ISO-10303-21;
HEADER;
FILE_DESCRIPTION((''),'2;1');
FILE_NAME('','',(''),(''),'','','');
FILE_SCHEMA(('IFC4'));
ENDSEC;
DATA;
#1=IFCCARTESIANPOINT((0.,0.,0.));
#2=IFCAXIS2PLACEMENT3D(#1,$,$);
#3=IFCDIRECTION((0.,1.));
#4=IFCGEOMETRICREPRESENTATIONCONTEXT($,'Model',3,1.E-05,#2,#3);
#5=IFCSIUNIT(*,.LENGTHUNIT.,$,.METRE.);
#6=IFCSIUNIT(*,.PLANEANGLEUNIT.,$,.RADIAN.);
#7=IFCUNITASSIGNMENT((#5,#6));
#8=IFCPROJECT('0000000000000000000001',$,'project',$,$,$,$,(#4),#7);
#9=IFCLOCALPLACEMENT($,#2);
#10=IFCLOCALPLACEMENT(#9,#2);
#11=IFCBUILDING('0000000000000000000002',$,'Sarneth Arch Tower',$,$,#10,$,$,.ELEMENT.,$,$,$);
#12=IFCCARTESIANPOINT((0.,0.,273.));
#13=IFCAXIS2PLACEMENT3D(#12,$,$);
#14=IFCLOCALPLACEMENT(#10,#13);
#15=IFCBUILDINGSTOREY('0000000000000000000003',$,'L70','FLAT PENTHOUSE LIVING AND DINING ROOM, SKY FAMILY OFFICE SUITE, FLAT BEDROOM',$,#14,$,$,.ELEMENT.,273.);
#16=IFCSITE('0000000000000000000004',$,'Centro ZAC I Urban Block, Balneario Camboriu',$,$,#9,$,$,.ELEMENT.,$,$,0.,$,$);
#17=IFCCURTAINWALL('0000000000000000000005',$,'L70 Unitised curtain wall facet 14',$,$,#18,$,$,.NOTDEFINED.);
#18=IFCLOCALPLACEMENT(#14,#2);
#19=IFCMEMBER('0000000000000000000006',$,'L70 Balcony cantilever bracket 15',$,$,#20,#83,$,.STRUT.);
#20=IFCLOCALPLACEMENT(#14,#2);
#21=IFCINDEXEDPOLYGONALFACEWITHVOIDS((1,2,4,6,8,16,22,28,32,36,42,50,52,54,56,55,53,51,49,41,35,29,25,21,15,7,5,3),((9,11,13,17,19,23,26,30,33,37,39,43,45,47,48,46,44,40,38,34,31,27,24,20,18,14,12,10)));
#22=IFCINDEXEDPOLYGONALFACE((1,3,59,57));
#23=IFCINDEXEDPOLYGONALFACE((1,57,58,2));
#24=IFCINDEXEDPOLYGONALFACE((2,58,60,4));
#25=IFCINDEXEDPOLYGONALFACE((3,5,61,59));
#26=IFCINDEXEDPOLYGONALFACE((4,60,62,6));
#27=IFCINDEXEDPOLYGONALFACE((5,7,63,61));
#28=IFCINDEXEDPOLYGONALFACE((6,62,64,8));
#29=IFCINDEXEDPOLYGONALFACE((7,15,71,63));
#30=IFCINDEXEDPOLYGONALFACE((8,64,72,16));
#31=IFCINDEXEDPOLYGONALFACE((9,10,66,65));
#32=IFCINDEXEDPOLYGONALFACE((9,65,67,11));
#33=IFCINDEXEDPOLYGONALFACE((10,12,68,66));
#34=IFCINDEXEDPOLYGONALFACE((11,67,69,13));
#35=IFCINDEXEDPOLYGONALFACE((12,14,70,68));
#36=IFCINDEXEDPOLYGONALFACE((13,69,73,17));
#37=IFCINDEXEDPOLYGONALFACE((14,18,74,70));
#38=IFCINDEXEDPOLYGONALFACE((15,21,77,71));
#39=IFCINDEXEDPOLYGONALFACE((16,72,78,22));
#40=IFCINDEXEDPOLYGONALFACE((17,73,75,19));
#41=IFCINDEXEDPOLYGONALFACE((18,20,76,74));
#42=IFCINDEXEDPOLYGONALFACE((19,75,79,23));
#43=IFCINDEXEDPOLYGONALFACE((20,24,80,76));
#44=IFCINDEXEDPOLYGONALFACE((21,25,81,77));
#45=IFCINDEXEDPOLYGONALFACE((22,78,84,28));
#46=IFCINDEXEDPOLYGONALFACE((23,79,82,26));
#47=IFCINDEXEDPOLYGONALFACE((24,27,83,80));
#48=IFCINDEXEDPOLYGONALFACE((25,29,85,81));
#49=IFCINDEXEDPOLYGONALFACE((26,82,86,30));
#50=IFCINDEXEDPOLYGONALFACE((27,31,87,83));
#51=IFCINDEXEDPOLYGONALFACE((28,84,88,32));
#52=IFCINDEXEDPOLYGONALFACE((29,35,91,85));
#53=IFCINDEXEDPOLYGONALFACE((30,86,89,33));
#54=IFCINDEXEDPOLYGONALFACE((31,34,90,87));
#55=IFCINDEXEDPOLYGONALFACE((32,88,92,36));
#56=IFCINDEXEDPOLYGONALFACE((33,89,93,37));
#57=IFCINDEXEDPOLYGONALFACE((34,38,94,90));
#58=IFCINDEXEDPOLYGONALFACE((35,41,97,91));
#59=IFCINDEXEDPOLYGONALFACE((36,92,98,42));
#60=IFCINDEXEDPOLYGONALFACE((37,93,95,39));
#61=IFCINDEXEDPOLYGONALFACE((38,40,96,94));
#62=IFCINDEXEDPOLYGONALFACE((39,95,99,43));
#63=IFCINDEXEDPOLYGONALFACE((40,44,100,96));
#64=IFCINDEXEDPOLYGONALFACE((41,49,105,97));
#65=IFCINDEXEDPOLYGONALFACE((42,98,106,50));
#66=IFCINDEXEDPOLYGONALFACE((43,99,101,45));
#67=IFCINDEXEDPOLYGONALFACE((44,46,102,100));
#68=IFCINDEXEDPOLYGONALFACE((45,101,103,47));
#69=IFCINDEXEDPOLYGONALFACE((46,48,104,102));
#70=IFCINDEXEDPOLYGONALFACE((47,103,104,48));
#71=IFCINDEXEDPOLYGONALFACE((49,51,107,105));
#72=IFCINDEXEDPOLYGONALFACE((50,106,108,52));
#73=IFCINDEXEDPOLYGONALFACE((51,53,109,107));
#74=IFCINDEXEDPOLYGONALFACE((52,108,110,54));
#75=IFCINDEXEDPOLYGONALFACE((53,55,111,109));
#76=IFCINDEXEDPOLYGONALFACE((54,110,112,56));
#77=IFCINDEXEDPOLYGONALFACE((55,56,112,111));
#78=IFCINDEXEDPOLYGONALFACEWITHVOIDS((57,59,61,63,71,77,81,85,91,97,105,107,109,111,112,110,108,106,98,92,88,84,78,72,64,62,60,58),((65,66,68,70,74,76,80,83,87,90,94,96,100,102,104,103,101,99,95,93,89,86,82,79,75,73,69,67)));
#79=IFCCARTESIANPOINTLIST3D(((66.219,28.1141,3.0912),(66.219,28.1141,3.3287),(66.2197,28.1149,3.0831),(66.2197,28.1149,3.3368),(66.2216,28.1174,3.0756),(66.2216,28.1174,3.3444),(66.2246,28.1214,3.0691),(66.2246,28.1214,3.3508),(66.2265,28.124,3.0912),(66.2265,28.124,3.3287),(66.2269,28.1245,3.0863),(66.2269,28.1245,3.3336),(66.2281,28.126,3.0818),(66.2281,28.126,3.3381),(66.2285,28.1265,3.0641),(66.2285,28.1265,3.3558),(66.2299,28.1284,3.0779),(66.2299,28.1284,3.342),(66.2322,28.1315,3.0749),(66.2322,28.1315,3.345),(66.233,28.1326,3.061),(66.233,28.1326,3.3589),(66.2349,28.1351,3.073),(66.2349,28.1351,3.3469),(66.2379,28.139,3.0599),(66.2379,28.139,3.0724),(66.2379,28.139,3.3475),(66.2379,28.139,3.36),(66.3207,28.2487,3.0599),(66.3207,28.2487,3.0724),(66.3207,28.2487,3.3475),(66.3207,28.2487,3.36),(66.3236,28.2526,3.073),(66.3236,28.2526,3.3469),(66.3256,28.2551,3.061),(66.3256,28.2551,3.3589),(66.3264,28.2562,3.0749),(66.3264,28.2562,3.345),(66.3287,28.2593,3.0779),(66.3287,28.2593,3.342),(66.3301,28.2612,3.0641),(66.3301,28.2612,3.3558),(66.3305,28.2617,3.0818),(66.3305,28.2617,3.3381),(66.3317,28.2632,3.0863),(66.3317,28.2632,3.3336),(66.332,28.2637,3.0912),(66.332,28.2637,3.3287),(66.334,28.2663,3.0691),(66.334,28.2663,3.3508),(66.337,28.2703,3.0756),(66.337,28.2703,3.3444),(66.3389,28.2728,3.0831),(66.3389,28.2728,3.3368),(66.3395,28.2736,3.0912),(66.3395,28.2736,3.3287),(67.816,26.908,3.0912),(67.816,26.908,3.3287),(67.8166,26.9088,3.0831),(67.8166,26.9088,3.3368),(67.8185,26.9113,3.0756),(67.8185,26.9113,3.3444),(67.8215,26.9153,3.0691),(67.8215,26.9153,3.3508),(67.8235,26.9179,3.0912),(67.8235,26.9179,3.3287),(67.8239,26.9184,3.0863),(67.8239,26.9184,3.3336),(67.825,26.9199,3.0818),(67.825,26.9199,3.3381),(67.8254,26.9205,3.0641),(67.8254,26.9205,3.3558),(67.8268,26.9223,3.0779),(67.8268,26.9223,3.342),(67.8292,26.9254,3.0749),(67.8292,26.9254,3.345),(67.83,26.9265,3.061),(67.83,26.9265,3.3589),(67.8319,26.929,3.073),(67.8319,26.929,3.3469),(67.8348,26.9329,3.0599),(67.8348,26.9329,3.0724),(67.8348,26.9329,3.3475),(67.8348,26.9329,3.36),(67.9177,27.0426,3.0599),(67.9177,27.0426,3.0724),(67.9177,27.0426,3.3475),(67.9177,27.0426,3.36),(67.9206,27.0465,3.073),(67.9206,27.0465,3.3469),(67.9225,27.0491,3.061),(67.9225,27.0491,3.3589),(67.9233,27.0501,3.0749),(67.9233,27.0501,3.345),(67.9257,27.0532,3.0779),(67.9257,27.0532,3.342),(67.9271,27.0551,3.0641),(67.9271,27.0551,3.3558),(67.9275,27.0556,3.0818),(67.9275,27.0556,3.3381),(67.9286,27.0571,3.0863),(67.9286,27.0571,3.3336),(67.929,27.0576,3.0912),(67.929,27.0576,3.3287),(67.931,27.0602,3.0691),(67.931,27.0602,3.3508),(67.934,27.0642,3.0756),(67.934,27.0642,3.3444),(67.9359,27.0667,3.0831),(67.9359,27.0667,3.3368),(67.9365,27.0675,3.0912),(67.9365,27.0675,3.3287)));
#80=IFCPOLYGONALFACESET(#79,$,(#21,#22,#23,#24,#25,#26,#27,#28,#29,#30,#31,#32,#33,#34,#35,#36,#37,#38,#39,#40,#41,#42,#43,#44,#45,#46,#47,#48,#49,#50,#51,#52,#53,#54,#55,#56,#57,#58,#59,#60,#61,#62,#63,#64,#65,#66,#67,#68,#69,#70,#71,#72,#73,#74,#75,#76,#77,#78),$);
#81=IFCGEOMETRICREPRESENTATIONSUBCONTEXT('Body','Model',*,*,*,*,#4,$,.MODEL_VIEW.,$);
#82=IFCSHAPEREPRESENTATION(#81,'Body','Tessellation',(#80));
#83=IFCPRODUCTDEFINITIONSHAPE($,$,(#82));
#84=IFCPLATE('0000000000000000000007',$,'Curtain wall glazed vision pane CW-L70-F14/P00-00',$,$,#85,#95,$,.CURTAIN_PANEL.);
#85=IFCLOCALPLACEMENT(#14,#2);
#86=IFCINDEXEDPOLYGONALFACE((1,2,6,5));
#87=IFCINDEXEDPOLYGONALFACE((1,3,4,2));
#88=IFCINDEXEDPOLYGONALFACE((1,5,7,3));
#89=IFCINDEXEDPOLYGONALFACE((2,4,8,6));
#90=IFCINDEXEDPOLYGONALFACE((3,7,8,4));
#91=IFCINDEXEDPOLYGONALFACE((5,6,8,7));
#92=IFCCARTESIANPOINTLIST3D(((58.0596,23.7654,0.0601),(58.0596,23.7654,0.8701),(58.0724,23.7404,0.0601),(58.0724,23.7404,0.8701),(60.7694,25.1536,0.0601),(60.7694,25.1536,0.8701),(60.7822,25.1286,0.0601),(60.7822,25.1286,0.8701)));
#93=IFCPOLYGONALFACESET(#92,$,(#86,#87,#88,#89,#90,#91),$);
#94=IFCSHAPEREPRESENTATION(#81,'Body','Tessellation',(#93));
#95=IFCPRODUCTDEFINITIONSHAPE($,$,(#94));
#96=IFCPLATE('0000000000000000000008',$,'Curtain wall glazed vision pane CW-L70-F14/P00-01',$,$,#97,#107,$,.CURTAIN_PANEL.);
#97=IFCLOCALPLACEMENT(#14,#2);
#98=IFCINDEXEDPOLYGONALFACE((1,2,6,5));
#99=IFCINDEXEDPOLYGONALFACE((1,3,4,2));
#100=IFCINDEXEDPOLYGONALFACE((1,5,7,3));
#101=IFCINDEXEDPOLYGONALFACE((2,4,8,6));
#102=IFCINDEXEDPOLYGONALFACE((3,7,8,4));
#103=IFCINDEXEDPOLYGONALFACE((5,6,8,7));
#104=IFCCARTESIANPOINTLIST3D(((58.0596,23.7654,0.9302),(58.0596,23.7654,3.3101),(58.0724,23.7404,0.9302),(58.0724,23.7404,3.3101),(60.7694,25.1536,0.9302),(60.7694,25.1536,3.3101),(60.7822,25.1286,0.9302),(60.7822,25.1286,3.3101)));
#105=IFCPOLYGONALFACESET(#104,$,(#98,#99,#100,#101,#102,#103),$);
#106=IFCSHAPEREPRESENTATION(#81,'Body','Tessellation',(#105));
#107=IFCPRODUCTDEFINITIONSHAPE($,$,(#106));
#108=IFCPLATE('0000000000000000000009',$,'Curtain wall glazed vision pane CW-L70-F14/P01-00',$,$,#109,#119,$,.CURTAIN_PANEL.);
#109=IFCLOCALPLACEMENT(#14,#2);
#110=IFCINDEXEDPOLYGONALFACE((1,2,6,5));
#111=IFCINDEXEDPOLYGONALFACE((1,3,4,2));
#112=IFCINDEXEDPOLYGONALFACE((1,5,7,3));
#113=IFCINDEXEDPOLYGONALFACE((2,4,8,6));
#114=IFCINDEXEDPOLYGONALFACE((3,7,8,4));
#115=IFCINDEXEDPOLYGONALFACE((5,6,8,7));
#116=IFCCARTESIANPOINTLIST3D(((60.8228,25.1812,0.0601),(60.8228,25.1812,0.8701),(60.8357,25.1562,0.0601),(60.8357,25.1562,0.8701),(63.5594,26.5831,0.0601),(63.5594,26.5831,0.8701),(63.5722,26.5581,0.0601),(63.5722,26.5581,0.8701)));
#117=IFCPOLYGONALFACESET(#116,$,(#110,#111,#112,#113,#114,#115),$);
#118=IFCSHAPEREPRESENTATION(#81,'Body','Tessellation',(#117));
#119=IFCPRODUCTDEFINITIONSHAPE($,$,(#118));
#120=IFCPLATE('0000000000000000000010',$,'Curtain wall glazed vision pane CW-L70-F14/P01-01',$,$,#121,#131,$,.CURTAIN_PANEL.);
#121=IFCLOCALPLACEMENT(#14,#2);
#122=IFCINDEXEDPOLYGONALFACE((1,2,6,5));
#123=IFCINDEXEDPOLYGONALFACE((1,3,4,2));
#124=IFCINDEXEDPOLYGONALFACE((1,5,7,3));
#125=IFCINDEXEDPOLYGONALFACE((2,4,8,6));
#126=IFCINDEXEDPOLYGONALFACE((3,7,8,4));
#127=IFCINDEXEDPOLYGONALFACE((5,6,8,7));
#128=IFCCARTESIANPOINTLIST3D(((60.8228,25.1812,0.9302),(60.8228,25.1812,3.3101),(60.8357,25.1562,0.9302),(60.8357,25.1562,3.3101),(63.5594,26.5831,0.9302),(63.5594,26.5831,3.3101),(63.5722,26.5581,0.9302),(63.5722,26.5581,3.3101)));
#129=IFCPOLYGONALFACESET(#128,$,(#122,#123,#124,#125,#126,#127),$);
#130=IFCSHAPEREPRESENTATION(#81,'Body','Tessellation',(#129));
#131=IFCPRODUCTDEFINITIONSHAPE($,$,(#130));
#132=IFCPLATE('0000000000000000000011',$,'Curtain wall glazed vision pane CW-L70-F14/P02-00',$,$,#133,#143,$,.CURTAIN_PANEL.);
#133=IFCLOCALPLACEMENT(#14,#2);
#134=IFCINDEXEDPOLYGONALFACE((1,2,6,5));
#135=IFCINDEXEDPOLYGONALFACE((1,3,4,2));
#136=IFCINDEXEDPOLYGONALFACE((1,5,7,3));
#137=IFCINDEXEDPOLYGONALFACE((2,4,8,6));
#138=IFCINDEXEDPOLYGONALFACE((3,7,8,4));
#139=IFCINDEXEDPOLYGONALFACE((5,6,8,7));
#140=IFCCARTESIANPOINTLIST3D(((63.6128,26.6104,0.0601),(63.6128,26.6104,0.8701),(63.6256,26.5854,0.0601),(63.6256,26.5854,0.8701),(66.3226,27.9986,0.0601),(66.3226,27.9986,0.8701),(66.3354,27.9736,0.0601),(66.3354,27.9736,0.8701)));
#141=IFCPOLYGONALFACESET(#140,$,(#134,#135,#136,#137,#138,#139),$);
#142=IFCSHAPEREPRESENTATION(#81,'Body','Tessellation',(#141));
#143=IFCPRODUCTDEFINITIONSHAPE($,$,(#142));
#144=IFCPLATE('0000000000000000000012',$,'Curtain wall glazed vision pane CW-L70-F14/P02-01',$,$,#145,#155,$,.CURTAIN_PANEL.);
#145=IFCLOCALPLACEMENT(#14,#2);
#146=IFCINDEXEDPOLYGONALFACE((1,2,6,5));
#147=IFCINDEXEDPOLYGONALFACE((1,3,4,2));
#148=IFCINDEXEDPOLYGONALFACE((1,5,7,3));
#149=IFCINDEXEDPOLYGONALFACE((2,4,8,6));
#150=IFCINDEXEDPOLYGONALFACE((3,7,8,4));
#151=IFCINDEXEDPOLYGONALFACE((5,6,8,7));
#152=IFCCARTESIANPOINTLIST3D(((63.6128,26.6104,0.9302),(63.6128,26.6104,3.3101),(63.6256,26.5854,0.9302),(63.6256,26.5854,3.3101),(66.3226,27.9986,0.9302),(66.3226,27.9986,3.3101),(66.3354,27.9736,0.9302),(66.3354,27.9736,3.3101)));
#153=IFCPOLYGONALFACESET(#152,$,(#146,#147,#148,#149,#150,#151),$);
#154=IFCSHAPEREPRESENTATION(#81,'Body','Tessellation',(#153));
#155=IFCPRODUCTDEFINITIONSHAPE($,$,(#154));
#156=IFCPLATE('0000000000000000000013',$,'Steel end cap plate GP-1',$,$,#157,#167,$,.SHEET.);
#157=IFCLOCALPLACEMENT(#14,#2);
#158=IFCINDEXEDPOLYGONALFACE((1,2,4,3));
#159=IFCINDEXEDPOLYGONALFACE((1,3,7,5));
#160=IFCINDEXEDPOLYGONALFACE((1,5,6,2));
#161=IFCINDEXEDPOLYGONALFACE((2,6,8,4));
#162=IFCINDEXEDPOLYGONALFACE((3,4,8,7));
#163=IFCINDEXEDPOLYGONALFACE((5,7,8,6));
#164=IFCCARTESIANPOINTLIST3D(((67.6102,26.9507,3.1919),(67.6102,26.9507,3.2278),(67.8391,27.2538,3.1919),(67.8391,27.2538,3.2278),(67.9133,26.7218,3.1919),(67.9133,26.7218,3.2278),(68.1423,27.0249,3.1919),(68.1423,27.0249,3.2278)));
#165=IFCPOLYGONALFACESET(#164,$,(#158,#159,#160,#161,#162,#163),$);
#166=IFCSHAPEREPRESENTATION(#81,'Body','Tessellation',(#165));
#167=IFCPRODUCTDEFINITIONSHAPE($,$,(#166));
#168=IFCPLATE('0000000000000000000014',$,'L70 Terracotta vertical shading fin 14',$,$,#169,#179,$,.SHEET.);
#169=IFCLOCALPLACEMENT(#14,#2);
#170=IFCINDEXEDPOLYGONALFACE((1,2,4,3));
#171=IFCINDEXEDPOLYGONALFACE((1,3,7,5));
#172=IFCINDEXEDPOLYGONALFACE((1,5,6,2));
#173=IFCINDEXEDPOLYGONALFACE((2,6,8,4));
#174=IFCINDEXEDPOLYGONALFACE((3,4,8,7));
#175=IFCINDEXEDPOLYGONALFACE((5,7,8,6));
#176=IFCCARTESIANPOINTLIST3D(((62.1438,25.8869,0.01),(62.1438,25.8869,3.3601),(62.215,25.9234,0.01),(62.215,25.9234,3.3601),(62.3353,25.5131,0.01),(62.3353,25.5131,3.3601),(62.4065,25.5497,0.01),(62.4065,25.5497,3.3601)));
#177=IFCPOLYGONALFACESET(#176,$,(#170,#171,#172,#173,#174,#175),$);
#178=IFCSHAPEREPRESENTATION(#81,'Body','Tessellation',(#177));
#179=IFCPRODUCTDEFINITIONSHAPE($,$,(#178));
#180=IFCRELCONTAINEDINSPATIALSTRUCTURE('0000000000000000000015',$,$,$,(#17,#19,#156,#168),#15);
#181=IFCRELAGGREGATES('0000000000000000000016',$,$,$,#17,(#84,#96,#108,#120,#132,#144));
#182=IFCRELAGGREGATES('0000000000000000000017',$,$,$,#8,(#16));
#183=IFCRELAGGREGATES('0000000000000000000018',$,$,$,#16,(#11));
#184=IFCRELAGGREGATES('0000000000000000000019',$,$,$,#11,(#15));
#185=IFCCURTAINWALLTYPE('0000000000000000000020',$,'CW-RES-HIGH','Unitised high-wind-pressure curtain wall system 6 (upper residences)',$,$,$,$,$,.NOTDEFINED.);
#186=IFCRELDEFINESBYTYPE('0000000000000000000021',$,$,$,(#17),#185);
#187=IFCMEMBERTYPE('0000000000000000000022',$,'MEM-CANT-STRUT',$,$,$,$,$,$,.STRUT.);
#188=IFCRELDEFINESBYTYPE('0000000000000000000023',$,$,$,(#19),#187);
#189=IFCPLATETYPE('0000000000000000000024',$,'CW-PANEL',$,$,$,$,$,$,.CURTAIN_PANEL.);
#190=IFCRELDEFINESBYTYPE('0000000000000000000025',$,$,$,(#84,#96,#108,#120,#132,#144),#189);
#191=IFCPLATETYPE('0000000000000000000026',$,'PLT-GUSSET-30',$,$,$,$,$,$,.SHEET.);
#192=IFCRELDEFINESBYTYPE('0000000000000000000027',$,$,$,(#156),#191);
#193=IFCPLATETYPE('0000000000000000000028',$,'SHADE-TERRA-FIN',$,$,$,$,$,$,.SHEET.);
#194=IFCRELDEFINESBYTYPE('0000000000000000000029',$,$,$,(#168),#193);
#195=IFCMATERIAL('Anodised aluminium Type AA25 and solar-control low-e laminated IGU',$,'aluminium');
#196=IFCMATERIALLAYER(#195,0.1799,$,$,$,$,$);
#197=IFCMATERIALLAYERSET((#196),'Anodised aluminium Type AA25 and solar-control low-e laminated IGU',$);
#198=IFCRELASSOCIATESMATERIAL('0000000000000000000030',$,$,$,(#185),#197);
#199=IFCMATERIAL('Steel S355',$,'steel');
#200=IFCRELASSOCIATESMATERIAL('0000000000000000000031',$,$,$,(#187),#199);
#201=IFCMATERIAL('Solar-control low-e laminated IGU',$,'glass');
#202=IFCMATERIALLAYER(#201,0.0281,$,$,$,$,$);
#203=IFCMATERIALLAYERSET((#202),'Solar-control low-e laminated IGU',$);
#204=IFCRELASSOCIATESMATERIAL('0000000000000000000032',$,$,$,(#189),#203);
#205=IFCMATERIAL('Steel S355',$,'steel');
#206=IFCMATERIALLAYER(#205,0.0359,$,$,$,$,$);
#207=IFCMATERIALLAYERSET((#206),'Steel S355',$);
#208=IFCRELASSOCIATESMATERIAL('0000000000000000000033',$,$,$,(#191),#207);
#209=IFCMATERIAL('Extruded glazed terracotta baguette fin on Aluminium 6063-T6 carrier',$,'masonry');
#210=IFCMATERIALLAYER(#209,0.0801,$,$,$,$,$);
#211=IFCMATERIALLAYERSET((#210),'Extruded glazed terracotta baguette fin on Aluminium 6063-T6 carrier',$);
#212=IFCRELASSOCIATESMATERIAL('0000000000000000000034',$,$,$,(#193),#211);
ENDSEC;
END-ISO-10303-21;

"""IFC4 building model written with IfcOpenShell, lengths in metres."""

from ifc_helpers import new_model, si_unit, direction, frame, origin, origin_2d, place, context, subcontext, project, spatial, rectangle, hollow_rectangle, extrude, material, layer, layer_set, material_profile, profile_set, type_object, element, aggregate, save


model = new_model("IFC4")

# Units and contexts
model_context = context("Model", 3, precision=1e-05, world=origin(), true_north=direction((0.0, 1.0)))
body_context = subcontext(model_context, "Body", "Model", "MODEL_VIEW")
ifc_project = project(units=[si_unit("LENGTHUNIT", "METRE"), si_unit("PLANEANGLEUNIT", "RADIAN")], contexts=[model_context])

# Site, building, storey
site_placement = place(None, origin())
site = spatial("IfcSite", under=ifc_project, at=site_placement, Name="Centro ZAC I Urban Block, Balneario Camboriu", CompositionType="ELEMENT", RefElevation=0.0)
building_placement = place(site_placement, origin())
building = spatial("IfcBuilding", under=site, at=building_placement, Name="Sarneth Arch Tower", CompositionType="ELEMENT")
storey_placement = place(building_placement, frame((0.0, 0.0, 273.0)))
storey = spatial("IfcBuildingStorey", under=building, at=storey_placement, Name="L70", Description="FLAT PENTHOUSE LIVING AND DINING ROOM, SKY FAMILY OFFICE SUITE, FLAT BEDROOM", CompositionType="ELEMENT", Elevation=273.0)

# Curtain wall
ifc_material_1 = material(Name="Anodised aluminium Type AA25 and solar-control low-e laminated IGU", Category="aluminium")
ifc_layer_1 = layer(ifc_material_1, 0.1799)
ifc_layer_set_1 = layer_set([ifc_layer_1], Name="Anodised aluminium Type AA25 and solar-control low-e laminated IGU")
curtain_wall_type = type_object("IfcCurtainWallType", Name="CW-RES-HIGH", Description="Unitised high-wind-pressure curtain wall system 6 (upper residences)", PredefinedType="NOTDEFINED", material=ifc_layer_set_1)
curtain_wall_placement = place(storey_placement, origin())
curtain_wall = element("IfcCurtainWall", 1, at=curtain_wall_placement, inside=storey, type_object=curtain_wall_type, Name="L70 Unitised curtain wall facet 14", PredefinedType="NOTDEFINED")

# Member
ifc_material_2 = material(Name="Steel S355", Category="steel")
ifc_material_profile_1 = material_profile(ifc_material_2, hollow_rectangle(XDim=0.2, YDim=0.3, WallThickness=0.0125, InnerFilletRadius=0.0188, OuterFilletRadius=0.0312, at=origin_2d()), Name="RHS300x200x12.5")
ifc_profile_set_1 = profile_set([ifc_material_profile_1], Name="Steel S355")
member_type_1 = type_object("IfcMemberType", Name="MEM-CANT-STRUT", PredefinedType="STRUT", material=ifc_profile_set_1)
member_1_placement = place(storey_placement, frame((66.2793, 28.1938, 3.21), z_axis=(0.79799, -0.602671, 0.0), x_axis=(0.602671, 0.79799, 0.0)))
element("IfcMember", 2, at=member_1_placement, inside=storey, type_object=member_type_1, Name="L70 Balcony cantilever bracket 15", PredefinedType="STRUT", context=body_context, shape_type="SweptSolid", body=[
    extrude(hollow_rectangle(XDim=0.2, YDim=0.3, WallThickness=0.0125, InnerFilletRadius=0.0188, OuterFilletRadius=0.0312, at=origin_2d()), origin(), (0.0, 0.0, 1.0), 2.0012),
])

# Plates
ifc_material_3 = material(Name="Solar-control low-e laminated IGU", Category="glass")
ifc_layer_2 = layer(ifc_material_3, 0.0281)
ifc_layer_set_2 = layer_set([ifc_layer_2], Name="Solar-control low-e laminated IGU")
plate_type_1 = type_object("IfcPlateType", Name="CW-PANEL", PredefinedType="CURTAIN_PANEL", material=ifc_layer_set_2)
plate_1_placement = place(storey_placement, frame((59.4209, 24.447, 0.0601), z_axis=(0.0, 0.0, 1.0), x_axis=(0.89001, 0.455942, 0.0)))
plate_1 = element("IfcPlate", 3, at=plate_1_placement, type_object=plate_type_1, Name="Curtain wall glazed vision pane CW-L70-F14/P00-00", PredefinedType="CURTAIN_PANEL", context=body_context, shape_type="SweptSolid", body=[
    extrude(rectangle(XDim=3.0447, YDim=0.0281, at=origin_2d()), origin(), (0.0, 0.0, 1.0), 0.8101),
])
plate_2_placement = place(storey_placement, frame((59.4209, 24.447, 0.9302), z_axis=(0.0, 0.0, 1.0), x_axis=(0.89001, 0.455942, 0.0)))
plate_2 = element("IfcPlate", 4, at=plate_2_placement, type_object=plate_type_1, Name="Curtain wall glazed vision pane CW-L70-F14/P00-01", PredefinedType="CURTAIN_PANEL", context=body_context, shape_type="SweptSolid", body=[
    extrude(rectangle(XDim=3.0447, YDim=0.0281, at=origin_2d()), origin(), (0.0, 0.0, 1.0), 2.3799),
])
plate_3_placement = place(storey_placement, frame((62.1975, 25.8696, 0.0601), z_axis=(0.0, 0.0, 1.0), x_axis=(0.89001, 0.455942, 0.0)))
plate_3 = element("IfcPlate", 5, at=plate_3_placement, type_object=plate_type_1, Name="Curtain wall glazed vision pane CW-L70-F14/P01-00", PredefinedType="CURTAIN_PANEL", context=body_context, shape_type="SweptSolid", body=[
    extrude(rectangle(XDim=3.0747, YDim=0.0281, at=origin_2d()), origin(), (0.0, 0.0, 1.0), 0.8101),
])
plate_4_placement = place(storey_placement, frame((62.1975, 25.8696, 0.9302), z_axis=(0.0, 0.0, 1.0), x_axis=(0.89001, 0.455942, 0.0)))
plate_4 = element("IfcPlate", 6, at=plate_4_placement, type_object=plate_type_1, Name="Curtain wall glazed vision pane CW-L70-F14/P01-01", PredefinedType="CURTAIN_PANEL", context=body_context, shape_type="SweptSolid", body=[
    extrude(rectangle(XDim=3.0747, YDim=0.0281, at=origin_2d()), origin(), (0.0, 0.0, 1.0), 2.3799),
])
plate_5_placement = place(storey_placement, frame((64.9741, 27.292, 0.0601), z_axis=(0.0, 0.0, 1.0), x_axis=(0.89001, 0.455942, 0.0)))
plate_5 = element("IfcPlate", 7, at=plate_5_placement, type_object=plate_type_1, Name="Curtain wall glazed vision pane CW-L70-F14/P02-00", PredefinedType="CURTAIN_PANEL", context=body_context, shape_type="SweptSolid", body=[
    extrude(rectangle(XDim=3.0447, YDim=0.0281, at=origin_2d()), origin(), (0.0, 0.0, 1.0), 0.8101),
])
plate_6_placement = place(storey_placement, frame((64.9741, 27.292, 0.9302), z_axis=(0.0, 0.0, 1.0), x_axis=(0.89001, 0.455942, 0.0)))
plate_6 = element("IfcPlate", 8, at=plate_6_placement, type_object=plate_type_1, Name="Curtain wall glazed vision pane CW-L70-F14/P02-01", PredefinedType="CURTAIN_PANEL", context=body_context, shape_type="SweptSolid", body=[
    extrude(rectangle(XDim=3.0447, YDim=0.0281, at=origin_2d()), origin(), (0.0, 0.0, 1.0), 2.3799),
])
aggregate(curtain_wall, [plate_1, plate_2, plate_3, plate_4, plate_5, plate_6])

# Plates
ifc_material_4 = material(Name="Steel S355", Category="steel")
ifc_layer_3 = layer(ifc_material_4, 0.0359)
ifc_layer_set_3 = layer_set([ifc_layer_3], Name="Steel S355")
plate_type_2 = type_object("IfcPlateType", Name="PLT-GUSSET-30", PredefinedType="SHEET", material=ifc_layer_set_3)
plate_7_placement = place(storey_placement, frame((67.8762, 26.9878, 3.1919), z_axis=(0.0, 0.0, 1.0), x_axis=(0.798005, -0.602651, 0.0)))
element("IfcPlate", 9, at=plate_7_placement, inside=storey, type_object=plate_type_2, Name="Steel end cap plate GP-1", PredefinedType="SHEET", context=body_context, shape_type="SweptSolid", body=[
    extrude(rectangle(XDim=0.3799, YDim=0.3799, at=origin_2d()), origin(), (0.0, 0.0, 1.0), 0.0359),
])
ifc_material_5 = material(Name="Extruded glazed terracotta baguette fin on Aluminium 6063-T6 carrier", Category="masonry")
ifc_layer_4 = layer(ifc_material_5, 0.0801)
ifc_layer_set_4 = layer_set([ifc_layer_4], Name="Extruded glazed terracotta baguette fin on Aluminium 6063-T6 carrier")
plate_type_3 = type_object("IfcPlateType", Name="SHADE-TERRA-FIN", PredefinedType="SHEET", material=ifc_layer_set_4)
plate_8_placement = place(storey_placement, frame((62.2751, 25.7183, 0.01), z_axis=(0.0, 0.0, 1.0), x_axis=(0.456011, -0.889974, 0.0)))
element("IfcPlate", 10, at=plate_8_placement, inside=storey, type_object=plate_type_3, Name="L70 Terracotta vertical shading fin 14", PredefinedType="SHEET", context=body_context, shape_type="SweptSolid", body=[
    extrude(rectangle(XDim=0.4199, YDim=0.0801, at=origin_2d()), origin(), (0.0, 0.0, 1.0), 3.3501),
])

save(model, "model.ifc")
